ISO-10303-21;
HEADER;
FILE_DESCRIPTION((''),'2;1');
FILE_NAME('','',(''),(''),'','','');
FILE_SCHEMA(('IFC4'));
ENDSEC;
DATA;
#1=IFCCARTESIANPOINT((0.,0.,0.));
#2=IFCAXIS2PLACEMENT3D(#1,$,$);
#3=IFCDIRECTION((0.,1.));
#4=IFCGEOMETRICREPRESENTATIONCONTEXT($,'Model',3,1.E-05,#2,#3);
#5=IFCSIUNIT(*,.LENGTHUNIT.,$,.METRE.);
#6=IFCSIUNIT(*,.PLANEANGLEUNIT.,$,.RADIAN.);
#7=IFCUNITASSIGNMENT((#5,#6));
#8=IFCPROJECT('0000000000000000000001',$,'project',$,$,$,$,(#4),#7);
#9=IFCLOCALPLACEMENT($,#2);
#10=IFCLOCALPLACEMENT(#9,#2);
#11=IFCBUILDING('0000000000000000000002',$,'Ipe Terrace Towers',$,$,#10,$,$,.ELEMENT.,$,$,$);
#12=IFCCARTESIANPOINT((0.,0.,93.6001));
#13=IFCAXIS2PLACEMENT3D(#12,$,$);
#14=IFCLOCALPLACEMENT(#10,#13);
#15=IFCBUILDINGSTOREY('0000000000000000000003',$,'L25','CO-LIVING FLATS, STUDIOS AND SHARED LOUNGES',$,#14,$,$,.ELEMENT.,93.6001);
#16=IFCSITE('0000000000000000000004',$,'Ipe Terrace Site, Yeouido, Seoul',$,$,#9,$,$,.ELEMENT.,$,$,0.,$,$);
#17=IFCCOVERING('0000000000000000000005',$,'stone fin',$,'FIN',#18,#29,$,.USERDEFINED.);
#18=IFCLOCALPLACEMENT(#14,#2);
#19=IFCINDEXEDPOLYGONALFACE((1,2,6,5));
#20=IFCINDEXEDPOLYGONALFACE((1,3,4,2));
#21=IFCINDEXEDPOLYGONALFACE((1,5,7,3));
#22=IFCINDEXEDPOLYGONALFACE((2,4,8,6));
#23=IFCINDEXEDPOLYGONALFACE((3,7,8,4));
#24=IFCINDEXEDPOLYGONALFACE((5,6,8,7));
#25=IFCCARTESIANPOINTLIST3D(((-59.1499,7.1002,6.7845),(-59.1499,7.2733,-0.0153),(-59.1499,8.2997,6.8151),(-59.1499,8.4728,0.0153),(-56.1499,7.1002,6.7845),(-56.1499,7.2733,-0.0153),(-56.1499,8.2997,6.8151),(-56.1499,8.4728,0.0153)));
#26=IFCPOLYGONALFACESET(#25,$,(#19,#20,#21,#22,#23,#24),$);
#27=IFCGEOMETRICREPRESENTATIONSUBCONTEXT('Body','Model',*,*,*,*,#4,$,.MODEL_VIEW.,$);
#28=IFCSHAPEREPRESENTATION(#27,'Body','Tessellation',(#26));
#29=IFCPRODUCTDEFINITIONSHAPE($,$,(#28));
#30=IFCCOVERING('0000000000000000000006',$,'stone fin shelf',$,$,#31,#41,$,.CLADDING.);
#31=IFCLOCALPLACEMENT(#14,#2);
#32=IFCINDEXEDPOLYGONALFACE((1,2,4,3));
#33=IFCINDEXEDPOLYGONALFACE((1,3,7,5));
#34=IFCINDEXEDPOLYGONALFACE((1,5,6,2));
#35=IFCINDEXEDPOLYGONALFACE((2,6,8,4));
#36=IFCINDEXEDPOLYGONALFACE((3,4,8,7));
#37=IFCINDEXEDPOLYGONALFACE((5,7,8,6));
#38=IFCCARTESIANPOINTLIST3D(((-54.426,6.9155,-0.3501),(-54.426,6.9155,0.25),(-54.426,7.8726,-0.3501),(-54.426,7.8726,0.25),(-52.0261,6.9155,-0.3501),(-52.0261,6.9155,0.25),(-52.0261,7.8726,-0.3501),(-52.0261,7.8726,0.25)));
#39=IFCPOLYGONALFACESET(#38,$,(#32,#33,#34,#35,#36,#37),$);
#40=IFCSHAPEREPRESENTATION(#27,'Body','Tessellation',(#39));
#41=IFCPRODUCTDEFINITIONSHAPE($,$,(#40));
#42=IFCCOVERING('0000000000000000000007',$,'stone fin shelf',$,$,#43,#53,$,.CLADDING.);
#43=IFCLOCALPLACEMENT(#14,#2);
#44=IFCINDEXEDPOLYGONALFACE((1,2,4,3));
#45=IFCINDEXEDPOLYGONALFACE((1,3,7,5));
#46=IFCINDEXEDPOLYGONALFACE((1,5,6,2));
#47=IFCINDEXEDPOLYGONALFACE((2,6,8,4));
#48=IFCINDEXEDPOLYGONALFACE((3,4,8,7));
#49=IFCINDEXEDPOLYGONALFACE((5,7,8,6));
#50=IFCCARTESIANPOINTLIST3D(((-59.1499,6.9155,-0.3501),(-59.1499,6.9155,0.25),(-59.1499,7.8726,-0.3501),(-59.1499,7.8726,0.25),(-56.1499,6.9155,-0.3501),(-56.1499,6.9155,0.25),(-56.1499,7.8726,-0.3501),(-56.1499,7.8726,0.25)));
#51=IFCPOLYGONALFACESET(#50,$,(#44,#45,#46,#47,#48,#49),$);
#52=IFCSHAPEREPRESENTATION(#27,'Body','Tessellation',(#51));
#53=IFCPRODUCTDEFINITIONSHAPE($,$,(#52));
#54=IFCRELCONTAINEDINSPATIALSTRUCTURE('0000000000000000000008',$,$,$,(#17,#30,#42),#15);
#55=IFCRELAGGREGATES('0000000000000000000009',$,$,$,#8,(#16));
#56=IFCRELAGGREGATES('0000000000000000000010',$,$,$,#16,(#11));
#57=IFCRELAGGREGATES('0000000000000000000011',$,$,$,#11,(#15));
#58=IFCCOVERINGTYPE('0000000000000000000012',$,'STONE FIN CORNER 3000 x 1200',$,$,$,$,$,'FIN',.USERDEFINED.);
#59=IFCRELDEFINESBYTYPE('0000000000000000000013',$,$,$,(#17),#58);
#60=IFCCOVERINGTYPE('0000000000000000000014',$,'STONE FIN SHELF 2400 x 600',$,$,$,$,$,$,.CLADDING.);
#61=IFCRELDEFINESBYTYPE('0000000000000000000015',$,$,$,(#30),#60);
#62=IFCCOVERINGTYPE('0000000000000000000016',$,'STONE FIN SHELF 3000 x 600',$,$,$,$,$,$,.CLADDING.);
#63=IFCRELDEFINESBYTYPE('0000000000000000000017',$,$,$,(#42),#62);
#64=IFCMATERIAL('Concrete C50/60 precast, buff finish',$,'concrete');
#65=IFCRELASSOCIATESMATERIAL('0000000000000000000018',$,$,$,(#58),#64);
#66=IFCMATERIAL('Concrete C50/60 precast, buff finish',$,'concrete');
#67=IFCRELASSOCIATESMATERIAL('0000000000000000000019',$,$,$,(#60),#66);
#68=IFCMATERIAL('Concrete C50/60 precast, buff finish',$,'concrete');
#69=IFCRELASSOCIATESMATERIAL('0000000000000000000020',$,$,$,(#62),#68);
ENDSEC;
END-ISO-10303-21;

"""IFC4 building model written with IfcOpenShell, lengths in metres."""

from ifc_helpers import new_model, si_unit, direction, frame, origin, origin_2d, place, context, subcontext, project, spatial, rectangle, extrude, material, material_profile, profile_set, type_object, element, save


model = new_model("IFC4")

# Units and contexts
model_context = context("Model", 3, precision=1e-05, world=origin(), true_north=direction((0.0, 1.0)))
body_context = subcontext(model_context, "Body", "Model", "MODEL_VIEW")
ifc_project = project(units=[si_unit("LENGTHUNIT", "METRE"), si_unit("PLANEANGLEUNIT", "RADIAN")], contexts=[model_context])

# Site, building, storey
site_placement = place(None, origin())
site = spatial("IfcSite", under=ifc_project, at=site_placement, Name="Ipe Terrace Site, Yeouido, Seoul", CompositionType="ELEMENT", RefElevation=0.0)
building_placement = place(site_placement, origin())
building = spatial("IfcBuilding", under=site, at=building_placement, Name="Ipe Terrace Towers", CompositionType="ELEMENT")
storey_placement = place(building_placement, frame((0.0, 0.0, 93.6001)))
storey = spatial("IfcBuildingStorey", under=building, at=storey_placement, Name="L25", Description="CO-LIVING FLATS, STUDIOS AND SHARED LOUNGES", CompositionType="ELEMENT", Elevation=93.6001)

# Coverings
ifc_material_1 = material(Name="Concrete C50/60 precast, buff finish", Category="concrete")
ifc_material_profile_1 = material_profile(ifc_material_1, rectangle(XDim=3.0, YDim=1.2, at=origin_2d()), Name="STONE FIN CORNER 3000 x 1200")
ifc_profile_set_1 = profile_set([ifc_material_profile_1], Name="Concrete C50/60 precast, buff finish")
covering_type_1 = type_object("IfcCoveringType", Name="STONE FIN CORNER 3000 x 1200", ElementType="FIN", PredefinedType="USERDEFINED", material=ifc_profile_set_1)
covering_1_placement = place(storey_placement, frame((-57.6499, 7.873, 0.0), z_axis=(0.0, -0.025448, 0.999676), x_axis=(-1.0, 0.0, 0.0)))
element("IfcCovering", 1, at=covering_1_placement, inside=storey, type_object=covering_type_1, Name="stone fin", ObjectType="FIN", PredefinedType="USERDEFINED", context=body_context, shape_type="SweptSolid", body=[
    extrude(rectangle(XDim=3.0, YDim=1.2, at=origin_2d()), origin(), (0.0, 0.0, 1.0), 6.802),
])
ifc_material_2 = material(Name="Concrete C50/60 precast, buff finish", Category="concrete")
covering_type_2 = type_object("IfcCoveringType", Name="STONE FIN SHELF 2400 x 600", PredefinedType="CLADDING", material=ifc_material_2)
covering_2_placement = place(storey_placement, frame((-53.2261, 7.394, -0.3501), z_axis=(0.0, 0.0, 1.0), x_axis=(-1.0, 0.0, 0.0)))
element("IfcCovering", 2, at=covering_2_placement, inside=storey, type_object=covering_type_2, Name="stone fin shelf", PredefinedType="CLADDING", context=body_context, shape_type="SweptSolid", body=[
    extrude(rectangle(XDim=2.3999, YDim=0.957, at=origin_2d()), origin(), (0.0, 0.0, 1.0), 0.6001),
])
ifc_material_3 = material(Name="Concrete C50/60 precast, buff finish", Category="concrete")
covering_type_3 = type_object("IfcCoveringType", Name="STONE FIN SHELF 3000 x 600", PredefinedType="CLADDING", material=ifc_material_3)
covering_3_placement = place(storey_placement, frame((-57.6499, 7.394, -0.3501), z_axis=(0.0, 0.0, 1.0), x_axis=(-1.0, 0.0, 0.0)))
element("IfcCovering", 3, at=covering_3_placement, inside=storey, type_object=covering_type_3, Name="stone fin shelf", PredefinedType="CLADDING", context=body_context, shape_type="SweptSolid", body=[
    extrude(rectangle(XDim=3.0, YDim=0.957, at=origin_2d()), origin(), (0.0, 0.0, 1.0), 0.6001),
])

save(model, "model.ifc")
